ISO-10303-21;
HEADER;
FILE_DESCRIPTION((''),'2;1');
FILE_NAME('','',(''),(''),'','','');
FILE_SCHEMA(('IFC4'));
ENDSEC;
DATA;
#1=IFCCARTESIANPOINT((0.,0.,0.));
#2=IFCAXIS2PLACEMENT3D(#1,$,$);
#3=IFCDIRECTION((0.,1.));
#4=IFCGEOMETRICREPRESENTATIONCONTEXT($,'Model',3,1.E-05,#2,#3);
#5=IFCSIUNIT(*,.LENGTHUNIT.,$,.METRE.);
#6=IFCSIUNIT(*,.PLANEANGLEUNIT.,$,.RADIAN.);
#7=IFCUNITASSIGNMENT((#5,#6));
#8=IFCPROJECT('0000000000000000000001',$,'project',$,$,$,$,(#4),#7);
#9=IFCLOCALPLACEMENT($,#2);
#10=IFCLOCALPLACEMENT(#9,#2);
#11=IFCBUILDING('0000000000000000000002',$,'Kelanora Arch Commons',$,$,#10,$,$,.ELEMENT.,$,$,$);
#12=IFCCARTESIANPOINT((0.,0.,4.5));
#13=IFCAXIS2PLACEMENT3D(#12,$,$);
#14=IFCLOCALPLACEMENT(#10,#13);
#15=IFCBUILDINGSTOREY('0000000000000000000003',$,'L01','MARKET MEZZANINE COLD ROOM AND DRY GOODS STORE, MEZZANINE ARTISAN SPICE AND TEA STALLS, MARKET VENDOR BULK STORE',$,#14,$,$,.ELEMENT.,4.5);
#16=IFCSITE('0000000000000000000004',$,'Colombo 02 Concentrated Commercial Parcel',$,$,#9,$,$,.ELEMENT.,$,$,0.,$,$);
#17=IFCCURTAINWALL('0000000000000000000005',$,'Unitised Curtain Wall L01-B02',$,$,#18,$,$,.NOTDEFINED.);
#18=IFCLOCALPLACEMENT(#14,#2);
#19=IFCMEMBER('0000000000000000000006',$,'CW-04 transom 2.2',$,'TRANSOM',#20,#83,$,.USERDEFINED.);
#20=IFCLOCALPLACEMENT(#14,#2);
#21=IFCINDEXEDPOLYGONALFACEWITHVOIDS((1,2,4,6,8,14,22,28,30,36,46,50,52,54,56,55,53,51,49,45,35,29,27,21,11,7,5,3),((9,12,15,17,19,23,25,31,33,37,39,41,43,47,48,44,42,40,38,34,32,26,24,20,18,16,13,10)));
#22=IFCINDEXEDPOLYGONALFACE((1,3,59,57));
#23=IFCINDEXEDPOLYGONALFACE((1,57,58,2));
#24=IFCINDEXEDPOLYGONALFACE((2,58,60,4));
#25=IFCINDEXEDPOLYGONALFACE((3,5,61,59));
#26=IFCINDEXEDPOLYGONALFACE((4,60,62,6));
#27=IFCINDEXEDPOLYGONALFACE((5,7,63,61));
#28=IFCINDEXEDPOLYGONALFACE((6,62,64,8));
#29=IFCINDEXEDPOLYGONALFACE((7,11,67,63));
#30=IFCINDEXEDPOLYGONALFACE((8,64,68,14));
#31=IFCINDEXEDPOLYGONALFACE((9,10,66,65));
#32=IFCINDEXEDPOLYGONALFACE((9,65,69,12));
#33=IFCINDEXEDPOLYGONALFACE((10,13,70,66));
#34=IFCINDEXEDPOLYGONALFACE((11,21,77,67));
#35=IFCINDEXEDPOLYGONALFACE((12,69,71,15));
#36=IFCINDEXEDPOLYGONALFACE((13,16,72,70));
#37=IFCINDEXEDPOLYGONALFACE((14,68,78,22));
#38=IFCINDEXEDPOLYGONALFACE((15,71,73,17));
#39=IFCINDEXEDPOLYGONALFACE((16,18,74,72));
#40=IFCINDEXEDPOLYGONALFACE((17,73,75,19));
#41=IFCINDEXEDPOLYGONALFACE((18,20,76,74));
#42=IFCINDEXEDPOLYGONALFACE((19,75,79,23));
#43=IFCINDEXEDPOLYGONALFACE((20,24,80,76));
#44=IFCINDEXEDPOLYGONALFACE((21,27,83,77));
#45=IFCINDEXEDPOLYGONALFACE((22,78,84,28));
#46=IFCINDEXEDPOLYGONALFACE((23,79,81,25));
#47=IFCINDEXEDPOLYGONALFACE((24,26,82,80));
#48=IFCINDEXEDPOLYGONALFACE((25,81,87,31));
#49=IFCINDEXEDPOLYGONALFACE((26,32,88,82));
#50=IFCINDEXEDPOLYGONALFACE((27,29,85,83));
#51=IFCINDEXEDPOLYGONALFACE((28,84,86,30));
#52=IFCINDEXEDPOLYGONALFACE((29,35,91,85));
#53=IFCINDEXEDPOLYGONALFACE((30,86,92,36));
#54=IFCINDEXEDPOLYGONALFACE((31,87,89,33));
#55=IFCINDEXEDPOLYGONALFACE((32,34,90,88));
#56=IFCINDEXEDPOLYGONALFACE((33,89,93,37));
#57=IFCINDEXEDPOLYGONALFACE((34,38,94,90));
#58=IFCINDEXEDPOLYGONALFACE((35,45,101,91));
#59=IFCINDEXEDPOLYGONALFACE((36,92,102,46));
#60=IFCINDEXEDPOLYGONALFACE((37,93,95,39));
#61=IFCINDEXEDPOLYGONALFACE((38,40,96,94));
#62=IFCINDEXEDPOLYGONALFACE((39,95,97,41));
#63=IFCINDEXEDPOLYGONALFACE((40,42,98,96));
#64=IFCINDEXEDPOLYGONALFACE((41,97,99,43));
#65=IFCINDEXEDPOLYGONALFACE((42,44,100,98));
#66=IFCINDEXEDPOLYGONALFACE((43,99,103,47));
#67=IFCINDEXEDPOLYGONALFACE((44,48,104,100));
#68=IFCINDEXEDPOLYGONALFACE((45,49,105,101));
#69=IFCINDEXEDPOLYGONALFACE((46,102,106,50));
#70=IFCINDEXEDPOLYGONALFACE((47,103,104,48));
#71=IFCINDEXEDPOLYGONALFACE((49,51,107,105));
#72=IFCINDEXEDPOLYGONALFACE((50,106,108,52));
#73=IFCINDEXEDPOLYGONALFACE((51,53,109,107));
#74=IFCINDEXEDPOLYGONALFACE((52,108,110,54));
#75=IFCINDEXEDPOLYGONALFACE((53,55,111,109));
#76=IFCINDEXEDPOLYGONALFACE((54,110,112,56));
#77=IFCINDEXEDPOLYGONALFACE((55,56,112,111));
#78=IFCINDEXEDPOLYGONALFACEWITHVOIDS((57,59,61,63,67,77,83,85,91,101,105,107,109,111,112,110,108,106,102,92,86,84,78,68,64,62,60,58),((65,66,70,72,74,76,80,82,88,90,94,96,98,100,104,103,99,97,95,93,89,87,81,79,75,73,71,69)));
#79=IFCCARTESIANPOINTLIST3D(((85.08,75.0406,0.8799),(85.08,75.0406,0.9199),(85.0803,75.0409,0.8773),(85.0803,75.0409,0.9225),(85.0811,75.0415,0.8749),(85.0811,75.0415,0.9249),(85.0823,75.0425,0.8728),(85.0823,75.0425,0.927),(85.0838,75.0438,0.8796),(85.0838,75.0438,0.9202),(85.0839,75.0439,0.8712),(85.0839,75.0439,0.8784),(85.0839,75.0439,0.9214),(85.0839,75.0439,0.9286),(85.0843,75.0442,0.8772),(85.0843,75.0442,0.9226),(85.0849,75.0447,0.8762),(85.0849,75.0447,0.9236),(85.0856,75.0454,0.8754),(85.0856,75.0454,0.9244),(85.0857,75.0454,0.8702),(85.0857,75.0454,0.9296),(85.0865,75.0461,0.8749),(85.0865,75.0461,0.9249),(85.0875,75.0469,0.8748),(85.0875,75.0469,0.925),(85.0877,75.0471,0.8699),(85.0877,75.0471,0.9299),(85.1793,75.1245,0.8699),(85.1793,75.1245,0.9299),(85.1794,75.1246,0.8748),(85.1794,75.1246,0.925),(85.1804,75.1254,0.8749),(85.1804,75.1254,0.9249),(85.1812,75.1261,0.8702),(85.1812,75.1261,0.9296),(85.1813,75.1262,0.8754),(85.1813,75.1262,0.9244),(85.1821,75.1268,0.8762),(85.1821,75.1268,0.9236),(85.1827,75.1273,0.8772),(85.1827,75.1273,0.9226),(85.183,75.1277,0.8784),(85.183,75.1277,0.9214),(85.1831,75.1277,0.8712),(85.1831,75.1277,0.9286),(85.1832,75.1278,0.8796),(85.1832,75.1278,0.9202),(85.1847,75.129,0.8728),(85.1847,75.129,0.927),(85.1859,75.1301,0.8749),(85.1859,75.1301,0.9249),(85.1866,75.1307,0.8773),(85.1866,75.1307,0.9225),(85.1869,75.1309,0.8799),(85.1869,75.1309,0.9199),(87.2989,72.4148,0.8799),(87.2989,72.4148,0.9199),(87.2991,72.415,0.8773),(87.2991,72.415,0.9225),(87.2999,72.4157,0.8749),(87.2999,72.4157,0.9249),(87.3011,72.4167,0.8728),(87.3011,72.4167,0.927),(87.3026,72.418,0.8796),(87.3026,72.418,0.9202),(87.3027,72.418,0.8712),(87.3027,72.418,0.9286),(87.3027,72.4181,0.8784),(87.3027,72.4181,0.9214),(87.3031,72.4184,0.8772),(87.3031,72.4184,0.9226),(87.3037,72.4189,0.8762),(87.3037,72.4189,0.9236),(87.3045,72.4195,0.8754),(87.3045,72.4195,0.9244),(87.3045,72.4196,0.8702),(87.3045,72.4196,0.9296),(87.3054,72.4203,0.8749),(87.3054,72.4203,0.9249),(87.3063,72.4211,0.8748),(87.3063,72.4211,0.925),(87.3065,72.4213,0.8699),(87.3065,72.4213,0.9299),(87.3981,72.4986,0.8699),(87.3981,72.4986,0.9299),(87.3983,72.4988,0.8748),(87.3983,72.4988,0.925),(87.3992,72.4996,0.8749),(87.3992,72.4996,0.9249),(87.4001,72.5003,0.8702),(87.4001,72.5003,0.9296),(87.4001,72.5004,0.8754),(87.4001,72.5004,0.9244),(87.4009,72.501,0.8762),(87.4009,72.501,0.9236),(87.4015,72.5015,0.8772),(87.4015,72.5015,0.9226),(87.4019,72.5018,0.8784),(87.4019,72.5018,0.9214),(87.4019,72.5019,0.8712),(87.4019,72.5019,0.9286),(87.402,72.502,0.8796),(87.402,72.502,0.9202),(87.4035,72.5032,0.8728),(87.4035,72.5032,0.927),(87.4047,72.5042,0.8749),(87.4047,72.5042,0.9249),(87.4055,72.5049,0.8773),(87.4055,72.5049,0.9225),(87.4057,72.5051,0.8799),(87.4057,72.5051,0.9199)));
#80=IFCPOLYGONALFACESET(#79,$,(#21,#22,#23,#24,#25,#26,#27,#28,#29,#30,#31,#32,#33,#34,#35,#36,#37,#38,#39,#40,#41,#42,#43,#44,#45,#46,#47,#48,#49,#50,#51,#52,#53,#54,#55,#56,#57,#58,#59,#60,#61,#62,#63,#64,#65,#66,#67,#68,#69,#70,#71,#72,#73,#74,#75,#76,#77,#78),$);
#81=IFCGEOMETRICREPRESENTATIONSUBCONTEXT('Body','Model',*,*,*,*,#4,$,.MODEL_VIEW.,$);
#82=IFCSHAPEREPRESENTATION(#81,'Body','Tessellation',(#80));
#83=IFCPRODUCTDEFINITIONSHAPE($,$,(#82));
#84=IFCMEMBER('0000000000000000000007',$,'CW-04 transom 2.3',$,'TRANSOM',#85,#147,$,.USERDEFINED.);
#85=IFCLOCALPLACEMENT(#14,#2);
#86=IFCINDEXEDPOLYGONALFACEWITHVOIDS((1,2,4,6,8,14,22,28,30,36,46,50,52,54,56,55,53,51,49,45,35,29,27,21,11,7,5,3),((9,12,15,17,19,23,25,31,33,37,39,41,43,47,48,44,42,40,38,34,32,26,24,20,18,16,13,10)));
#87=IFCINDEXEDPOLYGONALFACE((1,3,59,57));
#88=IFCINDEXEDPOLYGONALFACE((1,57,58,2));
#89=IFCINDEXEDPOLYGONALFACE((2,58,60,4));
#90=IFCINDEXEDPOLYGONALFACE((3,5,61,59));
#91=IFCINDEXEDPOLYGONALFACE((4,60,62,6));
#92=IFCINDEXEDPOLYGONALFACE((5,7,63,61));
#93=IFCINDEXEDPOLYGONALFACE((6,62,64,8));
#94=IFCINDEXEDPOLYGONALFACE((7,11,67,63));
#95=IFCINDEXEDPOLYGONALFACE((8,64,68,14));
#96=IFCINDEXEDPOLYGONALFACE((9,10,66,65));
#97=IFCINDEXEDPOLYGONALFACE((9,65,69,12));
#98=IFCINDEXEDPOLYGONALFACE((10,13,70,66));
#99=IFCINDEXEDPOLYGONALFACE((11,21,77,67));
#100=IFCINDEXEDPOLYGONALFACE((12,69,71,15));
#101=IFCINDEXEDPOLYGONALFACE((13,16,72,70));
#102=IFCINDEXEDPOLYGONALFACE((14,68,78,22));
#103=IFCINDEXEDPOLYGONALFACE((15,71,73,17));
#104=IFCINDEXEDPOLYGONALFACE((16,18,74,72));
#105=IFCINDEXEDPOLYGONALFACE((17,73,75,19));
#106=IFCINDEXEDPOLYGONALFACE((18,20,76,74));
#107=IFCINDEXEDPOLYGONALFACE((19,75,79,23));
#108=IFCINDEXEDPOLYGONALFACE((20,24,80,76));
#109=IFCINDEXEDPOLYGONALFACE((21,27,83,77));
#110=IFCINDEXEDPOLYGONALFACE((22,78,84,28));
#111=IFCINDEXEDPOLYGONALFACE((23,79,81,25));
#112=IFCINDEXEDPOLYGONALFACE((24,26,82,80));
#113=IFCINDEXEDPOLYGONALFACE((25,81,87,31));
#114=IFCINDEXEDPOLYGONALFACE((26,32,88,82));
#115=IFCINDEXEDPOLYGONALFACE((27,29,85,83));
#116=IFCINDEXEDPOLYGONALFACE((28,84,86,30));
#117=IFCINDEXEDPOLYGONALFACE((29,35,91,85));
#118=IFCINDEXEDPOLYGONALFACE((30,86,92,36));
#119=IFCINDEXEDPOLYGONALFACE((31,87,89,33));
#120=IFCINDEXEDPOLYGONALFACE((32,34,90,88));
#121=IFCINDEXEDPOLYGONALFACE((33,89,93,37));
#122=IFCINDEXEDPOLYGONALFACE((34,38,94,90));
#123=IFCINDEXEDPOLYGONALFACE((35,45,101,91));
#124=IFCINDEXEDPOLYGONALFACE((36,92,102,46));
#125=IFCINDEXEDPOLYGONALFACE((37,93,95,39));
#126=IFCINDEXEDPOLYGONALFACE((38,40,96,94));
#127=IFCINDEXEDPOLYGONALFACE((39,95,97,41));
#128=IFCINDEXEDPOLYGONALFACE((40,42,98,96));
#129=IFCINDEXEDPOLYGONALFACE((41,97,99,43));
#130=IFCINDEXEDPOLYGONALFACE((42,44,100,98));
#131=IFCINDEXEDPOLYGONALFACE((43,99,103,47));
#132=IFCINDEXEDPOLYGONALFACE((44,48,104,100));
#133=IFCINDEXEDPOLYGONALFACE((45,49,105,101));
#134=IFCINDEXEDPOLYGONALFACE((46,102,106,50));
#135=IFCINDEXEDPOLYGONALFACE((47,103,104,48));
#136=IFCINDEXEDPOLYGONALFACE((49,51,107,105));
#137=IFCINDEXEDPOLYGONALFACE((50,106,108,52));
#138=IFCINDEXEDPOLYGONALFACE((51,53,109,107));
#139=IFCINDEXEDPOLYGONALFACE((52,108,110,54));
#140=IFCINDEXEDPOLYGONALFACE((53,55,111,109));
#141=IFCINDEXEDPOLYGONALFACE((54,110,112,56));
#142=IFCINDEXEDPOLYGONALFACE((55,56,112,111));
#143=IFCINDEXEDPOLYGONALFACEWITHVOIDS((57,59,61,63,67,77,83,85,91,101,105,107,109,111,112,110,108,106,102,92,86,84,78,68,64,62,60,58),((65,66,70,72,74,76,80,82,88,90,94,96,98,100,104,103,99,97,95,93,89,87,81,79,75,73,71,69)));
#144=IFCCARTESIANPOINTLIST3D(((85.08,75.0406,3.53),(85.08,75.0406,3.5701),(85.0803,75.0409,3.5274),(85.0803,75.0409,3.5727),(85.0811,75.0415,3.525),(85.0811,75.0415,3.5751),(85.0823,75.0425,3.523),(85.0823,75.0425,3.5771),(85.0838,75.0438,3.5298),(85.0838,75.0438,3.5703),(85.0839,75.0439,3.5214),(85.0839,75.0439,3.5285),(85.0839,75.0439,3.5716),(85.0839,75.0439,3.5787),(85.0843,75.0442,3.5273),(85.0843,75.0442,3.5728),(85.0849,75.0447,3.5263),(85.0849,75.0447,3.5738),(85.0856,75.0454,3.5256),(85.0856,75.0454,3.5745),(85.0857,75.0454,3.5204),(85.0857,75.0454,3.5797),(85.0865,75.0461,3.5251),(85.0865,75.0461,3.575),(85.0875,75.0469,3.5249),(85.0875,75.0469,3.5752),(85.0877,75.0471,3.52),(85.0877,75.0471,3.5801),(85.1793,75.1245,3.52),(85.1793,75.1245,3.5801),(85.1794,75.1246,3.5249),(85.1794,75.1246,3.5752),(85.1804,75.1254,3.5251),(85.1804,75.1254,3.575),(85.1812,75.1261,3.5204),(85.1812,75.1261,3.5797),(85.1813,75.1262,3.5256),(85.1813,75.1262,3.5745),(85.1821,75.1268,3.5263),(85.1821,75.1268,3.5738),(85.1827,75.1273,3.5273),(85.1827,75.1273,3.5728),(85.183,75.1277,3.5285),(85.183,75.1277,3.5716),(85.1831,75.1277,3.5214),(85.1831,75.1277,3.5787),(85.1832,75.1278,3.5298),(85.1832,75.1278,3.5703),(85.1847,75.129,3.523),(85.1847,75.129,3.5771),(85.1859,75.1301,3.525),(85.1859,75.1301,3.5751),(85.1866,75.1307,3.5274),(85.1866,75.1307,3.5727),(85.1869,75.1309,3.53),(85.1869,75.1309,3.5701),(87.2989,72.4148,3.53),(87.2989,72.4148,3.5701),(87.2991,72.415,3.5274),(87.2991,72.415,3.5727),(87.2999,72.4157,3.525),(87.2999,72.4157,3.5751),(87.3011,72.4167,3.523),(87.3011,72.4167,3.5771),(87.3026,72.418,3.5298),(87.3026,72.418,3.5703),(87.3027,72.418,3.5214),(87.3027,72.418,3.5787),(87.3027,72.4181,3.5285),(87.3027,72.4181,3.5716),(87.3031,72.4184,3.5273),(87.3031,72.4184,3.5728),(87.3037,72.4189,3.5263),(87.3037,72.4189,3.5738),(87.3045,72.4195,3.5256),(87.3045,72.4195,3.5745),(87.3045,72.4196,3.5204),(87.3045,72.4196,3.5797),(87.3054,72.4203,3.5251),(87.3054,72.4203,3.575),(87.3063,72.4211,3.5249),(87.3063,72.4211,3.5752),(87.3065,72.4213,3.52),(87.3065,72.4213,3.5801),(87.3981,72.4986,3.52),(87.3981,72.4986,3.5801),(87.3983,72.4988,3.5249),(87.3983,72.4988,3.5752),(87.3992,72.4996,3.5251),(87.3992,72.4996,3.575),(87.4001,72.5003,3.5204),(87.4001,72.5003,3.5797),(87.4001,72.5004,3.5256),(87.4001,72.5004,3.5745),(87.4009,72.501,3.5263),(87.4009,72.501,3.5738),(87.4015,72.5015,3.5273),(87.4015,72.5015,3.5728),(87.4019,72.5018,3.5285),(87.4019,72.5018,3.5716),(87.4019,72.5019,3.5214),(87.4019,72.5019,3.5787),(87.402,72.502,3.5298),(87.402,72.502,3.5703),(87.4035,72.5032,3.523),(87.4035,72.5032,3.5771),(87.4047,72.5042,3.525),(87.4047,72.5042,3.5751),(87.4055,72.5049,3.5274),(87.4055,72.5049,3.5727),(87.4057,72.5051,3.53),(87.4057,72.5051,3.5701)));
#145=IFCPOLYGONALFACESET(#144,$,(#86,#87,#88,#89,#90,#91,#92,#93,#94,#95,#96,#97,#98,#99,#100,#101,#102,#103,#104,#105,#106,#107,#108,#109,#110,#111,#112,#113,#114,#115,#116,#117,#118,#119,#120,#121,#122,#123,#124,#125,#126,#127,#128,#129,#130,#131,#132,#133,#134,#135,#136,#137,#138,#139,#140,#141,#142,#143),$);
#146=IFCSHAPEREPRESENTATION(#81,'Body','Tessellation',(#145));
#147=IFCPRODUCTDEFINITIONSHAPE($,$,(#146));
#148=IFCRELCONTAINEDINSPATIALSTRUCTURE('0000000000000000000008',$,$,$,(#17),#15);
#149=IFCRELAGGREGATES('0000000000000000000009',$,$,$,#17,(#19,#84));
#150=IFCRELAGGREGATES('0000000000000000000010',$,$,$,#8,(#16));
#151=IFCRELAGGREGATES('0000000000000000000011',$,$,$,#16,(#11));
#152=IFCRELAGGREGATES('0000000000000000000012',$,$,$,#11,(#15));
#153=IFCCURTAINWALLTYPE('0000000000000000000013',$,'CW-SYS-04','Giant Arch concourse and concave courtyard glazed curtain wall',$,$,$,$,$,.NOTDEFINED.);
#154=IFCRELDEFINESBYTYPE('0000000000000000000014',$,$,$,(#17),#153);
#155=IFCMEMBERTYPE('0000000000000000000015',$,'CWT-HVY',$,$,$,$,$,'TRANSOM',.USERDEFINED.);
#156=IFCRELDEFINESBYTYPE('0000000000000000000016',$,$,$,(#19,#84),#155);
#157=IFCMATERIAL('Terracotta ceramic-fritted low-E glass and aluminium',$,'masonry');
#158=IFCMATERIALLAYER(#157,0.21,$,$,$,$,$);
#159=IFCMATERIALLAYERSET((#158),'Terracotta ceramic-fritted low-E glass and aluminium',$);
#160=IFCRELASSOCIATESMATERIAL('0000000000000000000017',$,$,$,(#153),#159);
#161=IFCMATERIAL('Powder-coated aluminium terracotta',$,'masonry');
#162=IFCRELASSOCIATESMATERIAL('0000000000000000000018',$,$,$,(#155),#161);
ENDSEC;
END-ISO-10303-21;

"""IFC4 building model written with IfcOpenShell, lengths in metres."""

from ifc_helpers import new_model, si_unit, direction, frame, origin, origin_2d, place, context, subcontext, project, spatial, hollow_rectangle, extrude, material, layer, layer_set, material_profile, profile_set, type_object, element, aggregate, save


model = new_model("IFC4")

# Units and contexts
model_context = context("Model", 3, precision=1e-05, world=origin(), true_north=direction((0.0, 1.0)))
body_context = subcontext(model_context, "Body", "Model", "MODEL_VIEW")
ifc_project = project(units=[si_unit("LENGTHUNIT", "METRE"), si_unit("PLANEANGLEUNIT", "RADIAN")], contexts=[model_context])

# Site, building, storey
site_placement = place(None, origin())
site = spatial("IfcSite", under=ifc_project, at=site_placement, Name="Colombo 02 Concentrated Commercial Parcel", CompositionType="ELEMENT", RefElevation=0.0)
building_placement = place(site_placement, origin())
building = spatial("IfcBuilding", under=site, at=building_placement, Name="Kelanora Arch Commons", CompositionType="ELEMENT")
storey_placement = place(building_placement, frame((0.0, 0.0, 4.5)))
storey = spatial("IfcBuildingStorey", under=building, at=storey_placement, Name="L01", Description="MARKET MEZZANINE COLD ROOM AND DRY GOODS STORE, MEZZANINE ARTISAN SPICE AND TEA STALLS, MARKET VENDOR BULK STORE", CompositionType="ELEMENT", Elevation=4.5)

# Curtain wall
ifc_material_1 = material(Name="Terracotta ceramic-fritted low-E glass and aluminium", Category="masonry")
ifc_layer_1 = layer(ifc_material_1, 0.21)
ifc_layer_set_1 = layer_set([ifc_layer_1], Name="Terracotta ceramic-fritted low-E glass and aluminium")
curtain_wall_type = type_object("IfcCurtainWallType", Name="CW-SYS-04", Description="Giant Arch concourse and concave courtyard glazed curtain wall", PredefinedType="NOTDEFINED", material=ifc_layer_set_1)
curtain_wall_1_placement = place(storey_placement, origin())
curtain_wall_1 = element("IfcCurtainWall", 1, at=curtain_wall_1_placement, inside=storey, type_object=curtain_wall_type, Name="Unitised Curtain Wall L01-B02", PredefinedType="NOTDEFINED")
ifc_material_2 = material(Name="Powder-coated aluminium terracotta", Category="masonry")

# Members
ifc_material_profile_1 = material_profile(ifc_material_2, hollow_rectangle(XDim=0.1399, YDim=0.0601, WallThickness=0.0049, InnerFilletRadius=0.0049, OuterFilletRadius=0.01, at=origin_2d()), Name="CWT140x60")
ifc_profile_set_1 = profile_set([ifc_material_profile_1], Name="Powder-coated aluminium terracotta")
member_type_1 = type_object("IfcMemberType", Name="CWT-HVY", ElementType="TRANSOM", PredefinedType="USERDEFINED", material=ifc_profile_set_1)
member_1_placement = place(storey_placement, frame((87.3523, 72.46, 0.8999), z_axis=(-0.64543, 0.76382, 0.0), x_axis=(-0.76382, -0.64543, 0.0)))
member_1 = element("IfcMember", 2, at=member_1_placement, type_object=member_type_1, Name="CW-04 transom 2.2", ObjectType="TRANSOM", PredefinedType="USERDEFINED", context=body_context, shape_type="SweptSolid", body=[
    extrude(hollow_rectangle(XDim=0.1399, YDim=0.0601, WallThickness=0.0049, InnerFilletRadius=0.0049, OuterFilletRadius=0.01, at=origin_2d()), origin(), (0.0, 0.0, 1.0), 3.4377),
])
member_2_placement = place(storey_placement, frame((87.3523, 72.46, 3.55), z_axis=(-0.64543, 0.76382, 0.0), x_axis=(-0.76382, -0.64543, 0.0)))
member_2 = element("IfcMember", 3, at=member_2_placement, type_object=member_type_1, Name="CW-04 transom 2.3", ObjectType="TRANSOM", PredefinedType="USERDEFINED", context=body_context, shape_type="SweptSolid", body=[
    extrude(hollow_rectangle(XDim=0.1399, YDim=0.0601, WallThickness=0.0049, InnerFilletRadius=0.0049, OuterFilletRadius=0.01, at=origin_2d()), origin(), (0.0, 0.0, 1.0), 3.4377),
])

aggregate(curtain_wall_1, [member_1, member_2])

save(model, "model.ifc")
